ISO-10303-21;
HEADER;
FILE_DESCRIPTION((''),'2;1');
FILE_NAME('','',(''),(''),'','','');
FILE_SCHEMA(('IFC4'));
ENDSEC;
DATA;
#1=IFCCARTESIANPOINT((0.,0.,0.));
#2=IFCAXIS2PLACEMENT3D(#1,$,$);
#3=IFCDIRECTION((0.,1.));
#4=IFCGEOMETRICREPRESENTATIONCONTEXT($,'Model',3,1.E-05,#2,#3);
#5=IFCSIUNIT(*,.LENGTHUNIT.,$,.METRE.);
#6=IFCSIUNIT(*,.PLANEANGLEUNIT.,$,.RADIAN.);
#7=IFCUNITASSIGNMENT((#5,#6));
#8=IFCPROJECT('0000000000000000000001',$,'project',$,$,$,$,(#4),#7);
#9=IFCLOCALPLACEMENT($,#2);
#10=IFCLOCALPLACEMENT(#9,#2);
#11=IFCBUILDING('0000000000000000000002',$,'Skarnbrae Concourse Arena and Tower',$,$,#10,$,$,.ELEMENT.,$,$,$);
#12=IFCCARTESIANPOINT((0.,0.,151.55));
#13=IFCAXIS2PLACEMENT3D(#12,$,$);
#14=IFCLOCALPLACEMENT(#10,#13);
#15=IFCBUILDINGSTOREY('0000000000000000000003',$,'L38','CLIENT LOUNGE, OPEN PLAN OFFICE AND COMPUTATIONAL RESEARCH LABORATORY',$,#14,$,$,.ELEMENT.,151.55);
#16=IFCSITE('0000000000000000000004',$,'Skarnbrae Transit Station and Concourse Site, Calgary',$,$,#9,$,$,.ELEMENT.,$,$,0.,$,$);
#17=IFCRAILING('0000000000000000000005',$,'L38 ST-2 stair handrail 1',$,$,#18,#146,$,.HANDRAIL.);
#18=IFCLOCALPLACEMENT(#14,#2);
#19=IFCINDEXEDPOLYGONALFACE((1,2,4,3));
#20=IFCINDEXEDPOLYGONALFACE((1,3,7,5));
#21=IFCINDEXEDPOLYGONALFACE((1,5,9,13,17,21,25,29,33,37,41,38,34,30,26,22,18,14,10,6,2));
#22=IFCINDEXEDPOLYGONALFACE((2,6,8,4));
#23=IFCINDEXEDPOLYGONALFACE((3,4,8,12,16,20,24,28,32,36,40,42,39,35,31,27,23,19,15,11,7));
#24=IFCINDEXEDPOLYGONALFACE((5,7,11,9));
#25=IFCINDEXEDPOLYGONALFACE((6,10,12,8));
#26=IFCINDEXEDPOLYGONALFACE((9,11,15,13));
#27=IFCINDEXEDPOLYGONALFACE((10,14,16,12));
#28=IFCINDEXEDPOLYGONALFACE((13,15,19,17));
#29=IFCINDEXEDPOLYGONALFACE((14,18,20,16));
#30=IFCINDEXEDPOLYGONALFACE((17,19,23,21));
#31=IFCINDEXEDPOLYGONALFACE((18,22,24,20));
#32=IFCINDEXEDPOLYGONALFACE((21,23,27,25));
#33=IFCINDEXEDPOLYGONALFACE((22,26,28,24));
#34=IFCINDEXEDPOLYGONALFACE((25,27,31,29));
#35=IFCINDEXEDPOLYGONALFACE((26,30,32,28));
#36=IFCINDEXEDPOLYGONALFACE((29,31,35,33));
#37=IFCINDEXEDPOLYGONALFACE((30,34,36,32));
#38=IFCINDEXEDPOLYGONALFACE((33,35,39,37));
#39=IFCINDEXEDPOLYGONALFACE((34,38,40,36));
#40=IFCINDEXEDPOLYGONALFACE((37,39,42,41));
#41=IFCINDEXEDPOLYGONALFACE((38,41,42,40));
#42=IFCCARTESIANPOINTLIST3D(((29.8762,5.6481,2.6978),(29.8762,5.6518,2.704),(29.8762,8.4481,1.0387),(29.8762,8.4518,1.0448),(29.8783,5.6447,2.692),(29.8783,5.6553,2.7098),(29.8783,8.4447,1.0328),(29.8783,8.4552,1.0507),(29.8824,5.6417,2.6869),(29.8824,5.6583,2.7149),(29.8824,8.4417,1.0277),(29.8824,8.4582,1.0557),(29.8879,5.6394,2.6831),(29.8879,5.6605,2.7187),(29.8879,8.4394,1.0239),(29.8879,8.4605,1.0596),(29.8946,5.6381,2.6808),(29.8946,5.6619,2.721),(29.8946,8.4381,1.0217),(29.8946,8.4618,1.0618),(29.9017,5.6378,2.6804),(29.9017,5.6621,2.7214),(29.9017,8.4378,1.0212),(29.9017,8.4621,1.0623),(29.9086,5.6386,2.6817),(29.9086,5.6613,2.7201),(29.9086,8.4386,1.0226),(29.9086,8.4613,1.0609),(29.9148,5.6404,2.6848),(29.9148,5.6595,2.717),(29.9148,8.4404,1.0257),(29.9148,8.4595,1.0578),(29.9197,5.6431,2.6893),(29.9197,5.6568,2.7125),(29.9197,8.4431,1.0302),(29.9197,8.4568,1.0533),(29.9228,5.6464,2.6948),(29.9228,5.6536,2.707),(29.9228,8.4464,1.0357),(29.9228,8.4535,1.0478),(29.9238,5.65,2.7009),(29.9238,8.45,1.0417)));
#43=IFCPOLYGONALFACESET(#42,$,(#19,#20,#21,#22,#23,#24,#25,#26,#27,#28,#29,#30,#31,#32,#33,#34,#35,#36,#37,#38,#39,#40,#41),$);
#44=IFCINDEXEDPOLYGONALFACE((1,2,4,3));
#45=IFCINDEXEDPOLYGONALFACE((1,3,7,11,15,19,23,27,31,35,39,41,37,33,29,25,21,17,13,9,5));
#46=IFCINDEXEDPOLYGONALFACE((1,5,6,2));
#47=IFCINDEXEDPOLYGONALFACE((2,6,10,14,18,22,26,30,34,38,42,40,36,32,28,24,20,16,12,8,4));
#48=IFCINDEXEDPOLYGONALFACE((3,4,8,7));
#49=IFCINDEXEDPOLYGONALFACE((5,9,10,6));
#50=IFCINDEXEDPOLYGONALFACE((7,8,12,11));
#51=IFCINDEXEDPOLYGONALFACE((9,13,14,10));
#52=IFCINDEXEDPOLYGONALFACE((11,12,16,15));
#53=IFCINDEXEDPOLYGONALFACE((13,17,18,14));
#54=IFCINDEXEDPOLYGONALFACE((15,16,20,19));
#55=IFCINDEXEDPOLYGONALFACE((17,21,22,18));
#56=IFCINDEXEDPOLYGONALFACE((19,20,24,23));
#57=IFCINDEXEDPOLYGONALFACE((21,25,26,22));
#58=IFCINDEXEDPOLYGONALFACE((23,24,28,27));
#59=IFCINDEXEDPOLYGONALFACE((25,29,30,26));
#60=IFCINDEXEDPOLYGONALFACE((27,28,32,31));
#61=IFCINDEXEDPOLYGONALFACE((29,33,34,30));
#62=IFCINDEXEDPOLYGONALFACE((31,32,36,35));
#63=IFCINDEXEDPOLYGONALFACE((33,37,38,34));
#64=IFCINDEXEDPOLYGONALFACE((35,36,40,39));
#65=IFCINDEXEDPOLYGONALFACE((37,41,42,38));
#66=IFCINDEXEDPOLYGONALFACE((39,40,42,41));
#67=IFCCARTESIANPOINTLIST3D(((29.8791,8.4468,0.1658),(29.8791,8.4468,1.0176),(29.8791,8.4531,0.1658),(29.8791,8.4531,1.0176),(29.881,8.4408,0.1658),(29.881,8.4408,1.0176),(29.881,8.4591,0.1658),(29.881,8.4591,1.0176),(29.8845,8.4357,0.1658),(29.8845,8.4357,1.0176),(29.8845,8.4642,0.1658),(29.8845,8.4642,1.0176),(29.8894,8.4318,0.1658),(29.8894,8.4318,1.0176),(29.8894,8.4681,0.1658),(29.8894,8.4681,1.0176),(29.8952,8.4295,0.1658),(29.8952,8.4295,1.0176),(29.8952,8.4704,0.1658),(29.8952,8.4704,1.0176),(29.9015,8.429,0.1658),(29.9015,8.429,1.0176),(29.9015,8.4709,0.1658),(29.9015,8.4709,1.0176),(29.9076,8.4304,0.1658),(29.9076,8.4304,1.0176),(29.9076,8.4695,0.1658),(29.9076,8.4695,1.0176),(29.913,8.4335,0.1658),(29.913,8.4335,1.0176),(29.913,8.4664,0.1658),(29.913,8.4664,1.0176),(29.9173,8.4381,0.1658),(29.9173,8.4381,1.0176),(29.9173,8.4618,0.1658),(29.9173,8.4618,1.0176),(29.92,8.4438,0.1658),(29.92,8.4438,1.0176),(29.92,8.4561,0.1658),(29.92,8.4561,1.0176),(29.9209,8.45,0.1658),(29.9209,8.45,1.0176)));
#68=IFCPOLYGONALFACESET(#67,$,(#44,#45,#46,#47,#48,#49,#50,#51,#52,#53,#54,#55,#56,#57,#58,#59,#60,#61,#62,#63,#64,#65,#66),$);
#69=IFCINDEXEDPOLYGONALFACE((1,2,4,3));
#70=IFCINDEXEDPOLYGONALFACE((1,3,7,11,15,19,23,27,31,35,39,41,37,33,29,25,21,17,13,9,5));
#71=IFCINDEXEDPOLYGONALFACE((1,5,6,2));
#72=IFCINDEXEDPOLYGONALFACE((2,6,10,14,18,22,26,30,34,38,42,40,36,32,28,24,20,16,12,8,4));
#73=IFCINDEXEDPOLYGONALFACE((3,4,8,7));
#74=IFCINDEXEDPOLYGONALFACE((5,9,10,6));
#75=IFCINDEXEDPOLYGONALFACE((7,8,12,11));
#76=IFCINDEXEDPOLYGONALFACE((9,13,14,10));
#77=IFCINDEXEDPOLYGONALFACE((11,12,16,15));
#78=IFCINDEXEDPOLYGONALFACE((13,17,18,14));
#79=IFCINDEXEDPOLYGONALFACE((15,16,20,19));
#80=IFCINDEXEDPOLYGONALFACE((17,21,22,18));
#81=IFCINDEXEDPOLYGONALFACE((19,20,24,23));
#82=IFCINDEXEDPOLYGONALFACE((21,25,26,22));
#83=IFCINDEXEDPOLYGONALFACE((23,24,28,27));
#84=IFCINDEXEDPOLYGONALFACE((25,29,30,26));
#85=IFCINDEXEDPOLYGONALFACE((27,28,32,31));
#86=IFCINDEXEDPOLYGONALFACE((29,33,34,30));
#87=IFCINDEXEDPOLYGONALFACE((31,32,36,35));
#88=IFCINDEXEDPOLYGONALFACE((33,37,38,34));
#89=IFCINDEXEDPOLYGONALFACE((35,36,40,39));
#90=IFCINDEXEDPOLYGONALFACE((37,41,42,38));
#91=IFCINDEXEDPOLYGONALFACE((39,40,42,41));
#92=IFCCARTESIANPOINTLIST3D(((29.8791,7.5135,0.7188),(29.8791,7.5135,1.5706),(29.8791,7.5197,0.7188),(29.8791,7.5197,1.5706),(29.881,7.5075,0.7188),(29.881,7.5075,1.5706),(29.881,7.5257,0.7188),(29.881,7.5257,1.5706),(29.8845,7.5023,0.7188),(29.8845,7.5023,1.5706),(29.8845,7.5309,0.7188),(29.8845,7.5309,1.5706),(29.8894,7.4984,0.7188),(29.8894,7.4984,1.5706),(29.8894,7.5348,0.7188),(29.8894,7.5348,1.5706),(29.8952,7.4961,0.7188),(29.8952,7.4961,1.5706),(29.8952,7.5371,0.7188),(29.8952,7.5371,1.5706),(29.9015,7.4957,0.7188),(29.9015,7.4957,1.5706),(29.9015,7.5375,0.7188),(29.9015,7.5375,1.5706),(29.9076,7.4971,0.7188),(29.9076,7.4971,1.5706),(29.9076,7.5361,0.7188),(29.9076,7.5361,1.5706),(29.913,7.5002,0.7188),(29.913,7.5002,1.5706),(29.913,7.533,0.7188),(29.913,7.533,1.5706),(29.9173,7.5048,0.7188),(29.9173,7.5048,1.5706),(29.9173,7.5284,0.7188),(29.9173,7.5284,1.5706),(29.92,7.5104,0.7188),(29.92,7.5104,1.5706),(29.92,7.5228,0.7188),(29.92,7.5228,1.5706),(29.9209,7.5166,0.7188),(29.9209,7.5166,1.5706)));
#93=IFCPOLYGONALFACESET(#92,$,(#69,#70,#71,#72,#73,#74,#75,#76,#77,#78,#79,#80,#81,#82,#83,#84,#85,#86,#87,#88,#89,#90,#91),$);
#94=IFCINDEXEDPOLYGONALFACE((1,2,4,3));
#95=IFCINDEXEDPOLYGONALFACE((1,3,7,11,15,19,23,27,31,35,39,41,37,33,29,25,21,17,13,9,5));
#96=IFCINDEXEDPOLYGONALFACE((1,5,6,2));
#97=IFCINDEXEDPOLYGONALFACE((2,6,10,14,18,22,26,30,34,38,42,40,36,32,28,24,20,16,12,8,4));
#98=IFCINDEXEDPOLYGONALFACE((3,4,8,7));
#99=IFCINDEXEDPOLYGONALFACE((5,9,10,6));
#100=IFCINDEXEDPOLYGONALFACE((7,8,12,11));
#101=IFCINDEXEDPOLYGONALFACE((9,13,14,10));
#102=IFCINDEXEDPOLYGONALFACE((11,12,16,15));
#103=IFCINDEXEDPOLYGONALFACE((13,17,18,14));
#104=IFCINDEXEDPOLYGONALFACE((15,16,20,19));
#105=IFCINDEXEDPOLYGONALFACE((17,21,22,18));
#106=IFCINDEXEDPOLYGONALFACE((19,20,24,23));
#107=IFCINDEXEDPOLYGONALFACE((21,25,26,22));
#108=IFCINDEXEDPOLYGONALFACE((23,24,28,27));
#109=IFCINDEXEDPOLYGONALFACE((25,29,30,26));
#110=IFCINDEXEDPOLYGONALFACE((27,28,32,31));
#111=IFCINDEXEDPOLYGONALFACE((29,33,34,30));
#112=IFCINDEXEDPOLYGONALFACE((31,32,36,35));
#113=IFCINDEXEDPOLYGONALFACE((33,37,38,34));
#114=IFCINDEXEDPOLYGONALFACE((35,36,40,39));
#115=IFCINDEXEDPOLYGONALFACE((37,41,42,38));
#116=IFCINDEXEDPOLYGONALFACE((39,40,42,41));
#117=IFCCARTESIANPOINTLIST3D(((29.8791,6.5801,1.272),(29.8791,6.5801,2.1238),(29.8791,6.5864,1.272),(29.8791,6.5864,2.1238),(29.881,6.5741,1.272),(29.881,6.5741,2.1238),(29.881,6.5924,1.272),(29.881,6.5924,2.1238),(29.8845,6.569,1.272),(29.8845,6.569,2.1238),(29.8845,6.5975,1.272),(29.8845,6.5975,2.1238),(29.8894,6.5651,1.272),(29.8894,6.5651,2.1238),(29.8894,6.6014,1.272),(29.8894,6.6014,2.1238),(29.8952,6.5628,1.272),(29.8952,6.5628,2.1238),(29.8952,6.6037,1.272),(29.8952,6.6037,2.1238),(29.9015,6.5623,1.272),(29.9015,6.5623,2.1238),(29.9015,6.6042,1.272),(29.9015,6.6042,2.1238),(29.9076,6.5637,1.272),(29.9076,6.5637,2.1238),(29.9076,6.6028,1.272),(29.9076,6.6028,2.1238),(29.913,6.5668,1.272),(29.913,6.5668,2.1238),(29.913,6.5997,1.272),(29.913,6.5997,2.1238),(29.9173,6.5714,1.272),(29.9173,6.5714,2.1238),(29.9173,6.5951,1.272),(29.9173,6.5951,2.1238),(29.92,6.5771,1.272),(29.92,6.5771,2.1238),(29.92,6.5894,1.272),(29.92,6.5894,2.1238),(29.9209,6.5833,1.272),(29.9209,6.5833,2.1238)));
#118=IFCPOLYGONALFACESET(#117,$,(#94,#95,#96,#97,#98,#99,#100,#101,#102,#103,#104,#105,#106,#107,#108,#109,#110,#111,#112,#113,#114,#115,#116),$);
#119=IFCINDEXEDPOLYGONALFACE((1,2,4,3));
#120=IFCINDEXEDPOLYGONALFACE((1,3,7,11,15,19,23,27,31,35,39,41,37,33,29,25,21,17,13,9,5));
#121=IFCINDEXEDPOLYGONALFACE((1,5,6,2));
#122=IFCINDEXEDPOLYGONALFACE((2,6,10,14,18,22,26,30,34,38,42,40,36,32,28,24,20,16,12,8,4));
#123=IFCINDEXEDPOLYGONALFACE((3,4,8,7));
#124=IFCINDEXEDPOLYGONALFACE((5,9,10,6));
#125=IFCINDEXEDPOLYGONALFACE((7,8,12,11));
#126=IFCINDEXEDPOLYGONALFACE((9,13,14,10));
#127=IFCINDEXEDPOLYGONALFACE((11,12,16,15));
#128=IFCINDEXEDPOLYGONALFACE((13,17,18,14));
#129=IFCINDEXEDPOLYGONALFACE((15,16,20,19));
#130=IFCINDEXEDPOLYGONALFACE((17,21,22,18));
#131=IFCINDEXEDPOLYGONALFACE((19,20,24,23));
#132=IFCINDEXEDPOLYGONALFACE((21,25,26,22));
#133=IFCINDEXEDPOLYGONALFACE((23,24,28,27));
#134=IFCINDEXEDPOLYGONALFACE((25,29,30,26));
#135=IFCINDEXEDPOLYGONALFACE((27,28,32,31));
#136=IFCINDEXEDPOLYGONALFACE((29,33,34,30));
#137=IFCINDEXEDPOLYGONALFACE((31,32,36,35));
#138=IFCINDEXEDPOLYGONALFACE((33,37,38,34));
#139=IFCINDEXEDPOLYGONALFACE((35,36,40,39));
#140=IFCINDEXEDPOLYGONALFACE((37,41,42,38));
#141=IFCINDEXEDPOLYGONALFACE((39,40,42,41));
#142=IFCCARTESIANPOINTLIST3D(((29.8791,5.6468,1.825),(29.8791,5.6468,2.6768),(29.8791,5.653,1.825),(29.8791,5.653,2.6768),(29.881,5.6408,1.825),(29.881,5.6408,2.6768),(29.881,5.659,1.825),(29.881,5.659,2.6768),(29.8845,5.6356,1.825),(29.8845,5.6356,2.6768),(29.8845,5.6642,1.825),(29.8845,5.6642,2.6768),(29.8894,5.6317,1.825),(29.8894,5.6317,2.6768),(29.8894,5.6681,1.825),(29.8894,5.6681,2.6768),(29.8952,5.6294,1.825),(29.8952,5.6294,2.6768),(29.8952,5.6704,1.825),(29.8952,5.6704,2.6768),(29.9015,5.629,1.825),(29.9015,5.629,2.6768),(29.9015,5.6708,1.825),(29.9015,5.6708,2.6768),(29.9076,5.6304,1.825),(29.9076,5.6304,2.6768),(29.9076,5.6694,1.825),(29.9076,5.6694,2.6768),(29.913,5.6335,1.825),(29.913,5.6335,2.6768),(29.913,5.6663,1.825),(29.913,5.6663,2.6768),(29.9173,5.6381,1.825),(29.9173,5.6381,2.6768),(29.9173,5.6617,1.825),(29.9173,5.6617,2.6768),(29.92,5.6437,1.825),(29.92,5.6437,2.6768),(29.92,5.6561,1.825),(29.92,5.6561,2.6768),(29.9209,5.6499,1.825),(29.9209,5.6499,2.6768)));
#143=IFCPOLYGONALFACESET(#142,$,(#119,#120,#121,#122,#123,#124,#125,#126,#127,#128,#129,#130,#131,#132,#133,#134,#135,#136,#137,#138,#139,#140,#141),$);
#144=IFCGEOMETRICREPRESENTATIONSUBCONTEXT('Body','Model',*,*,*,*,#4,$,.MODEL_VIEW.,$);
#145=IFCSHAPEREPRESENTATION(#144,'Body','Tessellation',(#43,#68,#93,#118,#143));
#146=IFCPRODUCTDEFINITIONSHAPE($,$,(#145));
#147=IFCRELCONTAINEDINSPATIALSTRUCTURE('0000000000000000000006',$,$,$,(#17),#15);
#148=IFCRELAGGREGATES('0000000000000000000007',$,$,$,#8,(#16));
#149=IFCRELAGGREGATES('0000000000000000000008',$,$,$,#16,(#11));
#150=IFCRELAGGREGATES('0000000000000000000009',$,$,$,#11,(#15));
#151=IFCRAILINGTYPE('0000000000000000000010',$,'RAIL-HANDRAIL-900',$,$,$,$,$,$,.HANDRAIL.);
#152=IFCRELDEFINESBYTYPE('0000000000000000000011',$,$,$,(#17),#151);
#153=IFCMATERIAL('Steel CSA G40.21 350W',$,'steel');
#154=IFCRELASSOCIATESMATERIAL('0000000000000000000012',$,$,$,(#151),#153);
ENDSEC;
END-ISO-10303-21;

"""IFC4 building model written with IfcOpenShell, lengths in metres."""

from ifc_helpers import new_model, si_unit, direction, frame, origin, origin_2d, place, context, subcontext, project, spatial, circle, extrude, material, type_object, element, save


model = new_model("IFC4")

# Units and contexts
model_context = context("Model", 3, precision=1e-05, world=origin(), true_north=direction((0.0, 1.0)))
body_context = subcontext(model_context, "Body", "Model", "MODEL_VIEW")
ifc_project = project(units=[si_unit("LENGTHUNIT", "METRE"), si_unit("PLANEANGLEUNIT", "RADIAN")], contexts=[model_context])

# Site, building, storey
site_placement = place(None, origin())
site = spatial("IfcSite", under=ifc_project, at=site_placement, Name="Skarnbrae Transit Station and Concourse Site, Calgary", CompositionType="ELEMENT", RefElevation=0.0)
building_placement = place(site_placement, origin())
building = spatial("IfcBuilding", under=site, at=building_placement, Name="Skarnbrae Concourse Arena and Tower", CompositionType="ELEMENT")
storey_placement = place(building_placement, frame((0.0, 0.0, 151.55)))
storey = spatial("IfcBuildingStorey", under=building, at=storey_placement, Name="L38", Description="CLIENT LOUNGE, OPEN PLAN OFFICE AND COMPUTATIONAL RESEARCH LABORATORY", CompositionType="ELEMENT", Elevation=151.55)

# Shared definitions
ifc_material_1 = material(Name="Steel CSA G40.21 350W", Category="steel")

# Railing
railing_type_1 = type_object("IfcRailingType", Name="RAIL-HANDRAIL-900", PredefinedType="HANDRAIL", material=ifc_material_1)
railing_1_placement = place(storey_placement, frame((29.8999, 8.45, 0.1658)))
element("IfcRailing", 1, at=railing_1_placement, inside=storey, type_object=railing_type_1, Name="L38 ST-2 stair handrail 1", PredefinedType="HANDRAIL", context=body_context, shape_type="SweptSolid", body=[
    extrude(circle(Radius=0.0239, at=origin_2d()), frame((0.0, 0.0, 0.876), z_axis=(0.0, -0.860306, 0.509778), x_axis=(1.0, 0.0, 0.0)), (0.0, 0.0, 1.0), 3.2546),
    extrude(circle(Radius=0.021, at=origin_2d()), origin(), (0.0, 0.0, 1.0), 0.8518),
    extrude(circle(Radius=0.021, at=origin_2d()), frame((0.0, -0.9333, 0.553)), (0.0, 0.0, 1.0), 0.8518),
    extrude(circle(Radius=0.021, at=origin_2d()), frame((0.0, -1.8667, 1.1062)), (0.0, 0.0, 1.0), 0.8518),
    extrude(circle(Radius=0.021, at=origin_2d()), frame((0.0, -2.8, 1.6592)), (0.0, 0.0, 1.0), 0.8518),
])

save(model, "model.ifc")
